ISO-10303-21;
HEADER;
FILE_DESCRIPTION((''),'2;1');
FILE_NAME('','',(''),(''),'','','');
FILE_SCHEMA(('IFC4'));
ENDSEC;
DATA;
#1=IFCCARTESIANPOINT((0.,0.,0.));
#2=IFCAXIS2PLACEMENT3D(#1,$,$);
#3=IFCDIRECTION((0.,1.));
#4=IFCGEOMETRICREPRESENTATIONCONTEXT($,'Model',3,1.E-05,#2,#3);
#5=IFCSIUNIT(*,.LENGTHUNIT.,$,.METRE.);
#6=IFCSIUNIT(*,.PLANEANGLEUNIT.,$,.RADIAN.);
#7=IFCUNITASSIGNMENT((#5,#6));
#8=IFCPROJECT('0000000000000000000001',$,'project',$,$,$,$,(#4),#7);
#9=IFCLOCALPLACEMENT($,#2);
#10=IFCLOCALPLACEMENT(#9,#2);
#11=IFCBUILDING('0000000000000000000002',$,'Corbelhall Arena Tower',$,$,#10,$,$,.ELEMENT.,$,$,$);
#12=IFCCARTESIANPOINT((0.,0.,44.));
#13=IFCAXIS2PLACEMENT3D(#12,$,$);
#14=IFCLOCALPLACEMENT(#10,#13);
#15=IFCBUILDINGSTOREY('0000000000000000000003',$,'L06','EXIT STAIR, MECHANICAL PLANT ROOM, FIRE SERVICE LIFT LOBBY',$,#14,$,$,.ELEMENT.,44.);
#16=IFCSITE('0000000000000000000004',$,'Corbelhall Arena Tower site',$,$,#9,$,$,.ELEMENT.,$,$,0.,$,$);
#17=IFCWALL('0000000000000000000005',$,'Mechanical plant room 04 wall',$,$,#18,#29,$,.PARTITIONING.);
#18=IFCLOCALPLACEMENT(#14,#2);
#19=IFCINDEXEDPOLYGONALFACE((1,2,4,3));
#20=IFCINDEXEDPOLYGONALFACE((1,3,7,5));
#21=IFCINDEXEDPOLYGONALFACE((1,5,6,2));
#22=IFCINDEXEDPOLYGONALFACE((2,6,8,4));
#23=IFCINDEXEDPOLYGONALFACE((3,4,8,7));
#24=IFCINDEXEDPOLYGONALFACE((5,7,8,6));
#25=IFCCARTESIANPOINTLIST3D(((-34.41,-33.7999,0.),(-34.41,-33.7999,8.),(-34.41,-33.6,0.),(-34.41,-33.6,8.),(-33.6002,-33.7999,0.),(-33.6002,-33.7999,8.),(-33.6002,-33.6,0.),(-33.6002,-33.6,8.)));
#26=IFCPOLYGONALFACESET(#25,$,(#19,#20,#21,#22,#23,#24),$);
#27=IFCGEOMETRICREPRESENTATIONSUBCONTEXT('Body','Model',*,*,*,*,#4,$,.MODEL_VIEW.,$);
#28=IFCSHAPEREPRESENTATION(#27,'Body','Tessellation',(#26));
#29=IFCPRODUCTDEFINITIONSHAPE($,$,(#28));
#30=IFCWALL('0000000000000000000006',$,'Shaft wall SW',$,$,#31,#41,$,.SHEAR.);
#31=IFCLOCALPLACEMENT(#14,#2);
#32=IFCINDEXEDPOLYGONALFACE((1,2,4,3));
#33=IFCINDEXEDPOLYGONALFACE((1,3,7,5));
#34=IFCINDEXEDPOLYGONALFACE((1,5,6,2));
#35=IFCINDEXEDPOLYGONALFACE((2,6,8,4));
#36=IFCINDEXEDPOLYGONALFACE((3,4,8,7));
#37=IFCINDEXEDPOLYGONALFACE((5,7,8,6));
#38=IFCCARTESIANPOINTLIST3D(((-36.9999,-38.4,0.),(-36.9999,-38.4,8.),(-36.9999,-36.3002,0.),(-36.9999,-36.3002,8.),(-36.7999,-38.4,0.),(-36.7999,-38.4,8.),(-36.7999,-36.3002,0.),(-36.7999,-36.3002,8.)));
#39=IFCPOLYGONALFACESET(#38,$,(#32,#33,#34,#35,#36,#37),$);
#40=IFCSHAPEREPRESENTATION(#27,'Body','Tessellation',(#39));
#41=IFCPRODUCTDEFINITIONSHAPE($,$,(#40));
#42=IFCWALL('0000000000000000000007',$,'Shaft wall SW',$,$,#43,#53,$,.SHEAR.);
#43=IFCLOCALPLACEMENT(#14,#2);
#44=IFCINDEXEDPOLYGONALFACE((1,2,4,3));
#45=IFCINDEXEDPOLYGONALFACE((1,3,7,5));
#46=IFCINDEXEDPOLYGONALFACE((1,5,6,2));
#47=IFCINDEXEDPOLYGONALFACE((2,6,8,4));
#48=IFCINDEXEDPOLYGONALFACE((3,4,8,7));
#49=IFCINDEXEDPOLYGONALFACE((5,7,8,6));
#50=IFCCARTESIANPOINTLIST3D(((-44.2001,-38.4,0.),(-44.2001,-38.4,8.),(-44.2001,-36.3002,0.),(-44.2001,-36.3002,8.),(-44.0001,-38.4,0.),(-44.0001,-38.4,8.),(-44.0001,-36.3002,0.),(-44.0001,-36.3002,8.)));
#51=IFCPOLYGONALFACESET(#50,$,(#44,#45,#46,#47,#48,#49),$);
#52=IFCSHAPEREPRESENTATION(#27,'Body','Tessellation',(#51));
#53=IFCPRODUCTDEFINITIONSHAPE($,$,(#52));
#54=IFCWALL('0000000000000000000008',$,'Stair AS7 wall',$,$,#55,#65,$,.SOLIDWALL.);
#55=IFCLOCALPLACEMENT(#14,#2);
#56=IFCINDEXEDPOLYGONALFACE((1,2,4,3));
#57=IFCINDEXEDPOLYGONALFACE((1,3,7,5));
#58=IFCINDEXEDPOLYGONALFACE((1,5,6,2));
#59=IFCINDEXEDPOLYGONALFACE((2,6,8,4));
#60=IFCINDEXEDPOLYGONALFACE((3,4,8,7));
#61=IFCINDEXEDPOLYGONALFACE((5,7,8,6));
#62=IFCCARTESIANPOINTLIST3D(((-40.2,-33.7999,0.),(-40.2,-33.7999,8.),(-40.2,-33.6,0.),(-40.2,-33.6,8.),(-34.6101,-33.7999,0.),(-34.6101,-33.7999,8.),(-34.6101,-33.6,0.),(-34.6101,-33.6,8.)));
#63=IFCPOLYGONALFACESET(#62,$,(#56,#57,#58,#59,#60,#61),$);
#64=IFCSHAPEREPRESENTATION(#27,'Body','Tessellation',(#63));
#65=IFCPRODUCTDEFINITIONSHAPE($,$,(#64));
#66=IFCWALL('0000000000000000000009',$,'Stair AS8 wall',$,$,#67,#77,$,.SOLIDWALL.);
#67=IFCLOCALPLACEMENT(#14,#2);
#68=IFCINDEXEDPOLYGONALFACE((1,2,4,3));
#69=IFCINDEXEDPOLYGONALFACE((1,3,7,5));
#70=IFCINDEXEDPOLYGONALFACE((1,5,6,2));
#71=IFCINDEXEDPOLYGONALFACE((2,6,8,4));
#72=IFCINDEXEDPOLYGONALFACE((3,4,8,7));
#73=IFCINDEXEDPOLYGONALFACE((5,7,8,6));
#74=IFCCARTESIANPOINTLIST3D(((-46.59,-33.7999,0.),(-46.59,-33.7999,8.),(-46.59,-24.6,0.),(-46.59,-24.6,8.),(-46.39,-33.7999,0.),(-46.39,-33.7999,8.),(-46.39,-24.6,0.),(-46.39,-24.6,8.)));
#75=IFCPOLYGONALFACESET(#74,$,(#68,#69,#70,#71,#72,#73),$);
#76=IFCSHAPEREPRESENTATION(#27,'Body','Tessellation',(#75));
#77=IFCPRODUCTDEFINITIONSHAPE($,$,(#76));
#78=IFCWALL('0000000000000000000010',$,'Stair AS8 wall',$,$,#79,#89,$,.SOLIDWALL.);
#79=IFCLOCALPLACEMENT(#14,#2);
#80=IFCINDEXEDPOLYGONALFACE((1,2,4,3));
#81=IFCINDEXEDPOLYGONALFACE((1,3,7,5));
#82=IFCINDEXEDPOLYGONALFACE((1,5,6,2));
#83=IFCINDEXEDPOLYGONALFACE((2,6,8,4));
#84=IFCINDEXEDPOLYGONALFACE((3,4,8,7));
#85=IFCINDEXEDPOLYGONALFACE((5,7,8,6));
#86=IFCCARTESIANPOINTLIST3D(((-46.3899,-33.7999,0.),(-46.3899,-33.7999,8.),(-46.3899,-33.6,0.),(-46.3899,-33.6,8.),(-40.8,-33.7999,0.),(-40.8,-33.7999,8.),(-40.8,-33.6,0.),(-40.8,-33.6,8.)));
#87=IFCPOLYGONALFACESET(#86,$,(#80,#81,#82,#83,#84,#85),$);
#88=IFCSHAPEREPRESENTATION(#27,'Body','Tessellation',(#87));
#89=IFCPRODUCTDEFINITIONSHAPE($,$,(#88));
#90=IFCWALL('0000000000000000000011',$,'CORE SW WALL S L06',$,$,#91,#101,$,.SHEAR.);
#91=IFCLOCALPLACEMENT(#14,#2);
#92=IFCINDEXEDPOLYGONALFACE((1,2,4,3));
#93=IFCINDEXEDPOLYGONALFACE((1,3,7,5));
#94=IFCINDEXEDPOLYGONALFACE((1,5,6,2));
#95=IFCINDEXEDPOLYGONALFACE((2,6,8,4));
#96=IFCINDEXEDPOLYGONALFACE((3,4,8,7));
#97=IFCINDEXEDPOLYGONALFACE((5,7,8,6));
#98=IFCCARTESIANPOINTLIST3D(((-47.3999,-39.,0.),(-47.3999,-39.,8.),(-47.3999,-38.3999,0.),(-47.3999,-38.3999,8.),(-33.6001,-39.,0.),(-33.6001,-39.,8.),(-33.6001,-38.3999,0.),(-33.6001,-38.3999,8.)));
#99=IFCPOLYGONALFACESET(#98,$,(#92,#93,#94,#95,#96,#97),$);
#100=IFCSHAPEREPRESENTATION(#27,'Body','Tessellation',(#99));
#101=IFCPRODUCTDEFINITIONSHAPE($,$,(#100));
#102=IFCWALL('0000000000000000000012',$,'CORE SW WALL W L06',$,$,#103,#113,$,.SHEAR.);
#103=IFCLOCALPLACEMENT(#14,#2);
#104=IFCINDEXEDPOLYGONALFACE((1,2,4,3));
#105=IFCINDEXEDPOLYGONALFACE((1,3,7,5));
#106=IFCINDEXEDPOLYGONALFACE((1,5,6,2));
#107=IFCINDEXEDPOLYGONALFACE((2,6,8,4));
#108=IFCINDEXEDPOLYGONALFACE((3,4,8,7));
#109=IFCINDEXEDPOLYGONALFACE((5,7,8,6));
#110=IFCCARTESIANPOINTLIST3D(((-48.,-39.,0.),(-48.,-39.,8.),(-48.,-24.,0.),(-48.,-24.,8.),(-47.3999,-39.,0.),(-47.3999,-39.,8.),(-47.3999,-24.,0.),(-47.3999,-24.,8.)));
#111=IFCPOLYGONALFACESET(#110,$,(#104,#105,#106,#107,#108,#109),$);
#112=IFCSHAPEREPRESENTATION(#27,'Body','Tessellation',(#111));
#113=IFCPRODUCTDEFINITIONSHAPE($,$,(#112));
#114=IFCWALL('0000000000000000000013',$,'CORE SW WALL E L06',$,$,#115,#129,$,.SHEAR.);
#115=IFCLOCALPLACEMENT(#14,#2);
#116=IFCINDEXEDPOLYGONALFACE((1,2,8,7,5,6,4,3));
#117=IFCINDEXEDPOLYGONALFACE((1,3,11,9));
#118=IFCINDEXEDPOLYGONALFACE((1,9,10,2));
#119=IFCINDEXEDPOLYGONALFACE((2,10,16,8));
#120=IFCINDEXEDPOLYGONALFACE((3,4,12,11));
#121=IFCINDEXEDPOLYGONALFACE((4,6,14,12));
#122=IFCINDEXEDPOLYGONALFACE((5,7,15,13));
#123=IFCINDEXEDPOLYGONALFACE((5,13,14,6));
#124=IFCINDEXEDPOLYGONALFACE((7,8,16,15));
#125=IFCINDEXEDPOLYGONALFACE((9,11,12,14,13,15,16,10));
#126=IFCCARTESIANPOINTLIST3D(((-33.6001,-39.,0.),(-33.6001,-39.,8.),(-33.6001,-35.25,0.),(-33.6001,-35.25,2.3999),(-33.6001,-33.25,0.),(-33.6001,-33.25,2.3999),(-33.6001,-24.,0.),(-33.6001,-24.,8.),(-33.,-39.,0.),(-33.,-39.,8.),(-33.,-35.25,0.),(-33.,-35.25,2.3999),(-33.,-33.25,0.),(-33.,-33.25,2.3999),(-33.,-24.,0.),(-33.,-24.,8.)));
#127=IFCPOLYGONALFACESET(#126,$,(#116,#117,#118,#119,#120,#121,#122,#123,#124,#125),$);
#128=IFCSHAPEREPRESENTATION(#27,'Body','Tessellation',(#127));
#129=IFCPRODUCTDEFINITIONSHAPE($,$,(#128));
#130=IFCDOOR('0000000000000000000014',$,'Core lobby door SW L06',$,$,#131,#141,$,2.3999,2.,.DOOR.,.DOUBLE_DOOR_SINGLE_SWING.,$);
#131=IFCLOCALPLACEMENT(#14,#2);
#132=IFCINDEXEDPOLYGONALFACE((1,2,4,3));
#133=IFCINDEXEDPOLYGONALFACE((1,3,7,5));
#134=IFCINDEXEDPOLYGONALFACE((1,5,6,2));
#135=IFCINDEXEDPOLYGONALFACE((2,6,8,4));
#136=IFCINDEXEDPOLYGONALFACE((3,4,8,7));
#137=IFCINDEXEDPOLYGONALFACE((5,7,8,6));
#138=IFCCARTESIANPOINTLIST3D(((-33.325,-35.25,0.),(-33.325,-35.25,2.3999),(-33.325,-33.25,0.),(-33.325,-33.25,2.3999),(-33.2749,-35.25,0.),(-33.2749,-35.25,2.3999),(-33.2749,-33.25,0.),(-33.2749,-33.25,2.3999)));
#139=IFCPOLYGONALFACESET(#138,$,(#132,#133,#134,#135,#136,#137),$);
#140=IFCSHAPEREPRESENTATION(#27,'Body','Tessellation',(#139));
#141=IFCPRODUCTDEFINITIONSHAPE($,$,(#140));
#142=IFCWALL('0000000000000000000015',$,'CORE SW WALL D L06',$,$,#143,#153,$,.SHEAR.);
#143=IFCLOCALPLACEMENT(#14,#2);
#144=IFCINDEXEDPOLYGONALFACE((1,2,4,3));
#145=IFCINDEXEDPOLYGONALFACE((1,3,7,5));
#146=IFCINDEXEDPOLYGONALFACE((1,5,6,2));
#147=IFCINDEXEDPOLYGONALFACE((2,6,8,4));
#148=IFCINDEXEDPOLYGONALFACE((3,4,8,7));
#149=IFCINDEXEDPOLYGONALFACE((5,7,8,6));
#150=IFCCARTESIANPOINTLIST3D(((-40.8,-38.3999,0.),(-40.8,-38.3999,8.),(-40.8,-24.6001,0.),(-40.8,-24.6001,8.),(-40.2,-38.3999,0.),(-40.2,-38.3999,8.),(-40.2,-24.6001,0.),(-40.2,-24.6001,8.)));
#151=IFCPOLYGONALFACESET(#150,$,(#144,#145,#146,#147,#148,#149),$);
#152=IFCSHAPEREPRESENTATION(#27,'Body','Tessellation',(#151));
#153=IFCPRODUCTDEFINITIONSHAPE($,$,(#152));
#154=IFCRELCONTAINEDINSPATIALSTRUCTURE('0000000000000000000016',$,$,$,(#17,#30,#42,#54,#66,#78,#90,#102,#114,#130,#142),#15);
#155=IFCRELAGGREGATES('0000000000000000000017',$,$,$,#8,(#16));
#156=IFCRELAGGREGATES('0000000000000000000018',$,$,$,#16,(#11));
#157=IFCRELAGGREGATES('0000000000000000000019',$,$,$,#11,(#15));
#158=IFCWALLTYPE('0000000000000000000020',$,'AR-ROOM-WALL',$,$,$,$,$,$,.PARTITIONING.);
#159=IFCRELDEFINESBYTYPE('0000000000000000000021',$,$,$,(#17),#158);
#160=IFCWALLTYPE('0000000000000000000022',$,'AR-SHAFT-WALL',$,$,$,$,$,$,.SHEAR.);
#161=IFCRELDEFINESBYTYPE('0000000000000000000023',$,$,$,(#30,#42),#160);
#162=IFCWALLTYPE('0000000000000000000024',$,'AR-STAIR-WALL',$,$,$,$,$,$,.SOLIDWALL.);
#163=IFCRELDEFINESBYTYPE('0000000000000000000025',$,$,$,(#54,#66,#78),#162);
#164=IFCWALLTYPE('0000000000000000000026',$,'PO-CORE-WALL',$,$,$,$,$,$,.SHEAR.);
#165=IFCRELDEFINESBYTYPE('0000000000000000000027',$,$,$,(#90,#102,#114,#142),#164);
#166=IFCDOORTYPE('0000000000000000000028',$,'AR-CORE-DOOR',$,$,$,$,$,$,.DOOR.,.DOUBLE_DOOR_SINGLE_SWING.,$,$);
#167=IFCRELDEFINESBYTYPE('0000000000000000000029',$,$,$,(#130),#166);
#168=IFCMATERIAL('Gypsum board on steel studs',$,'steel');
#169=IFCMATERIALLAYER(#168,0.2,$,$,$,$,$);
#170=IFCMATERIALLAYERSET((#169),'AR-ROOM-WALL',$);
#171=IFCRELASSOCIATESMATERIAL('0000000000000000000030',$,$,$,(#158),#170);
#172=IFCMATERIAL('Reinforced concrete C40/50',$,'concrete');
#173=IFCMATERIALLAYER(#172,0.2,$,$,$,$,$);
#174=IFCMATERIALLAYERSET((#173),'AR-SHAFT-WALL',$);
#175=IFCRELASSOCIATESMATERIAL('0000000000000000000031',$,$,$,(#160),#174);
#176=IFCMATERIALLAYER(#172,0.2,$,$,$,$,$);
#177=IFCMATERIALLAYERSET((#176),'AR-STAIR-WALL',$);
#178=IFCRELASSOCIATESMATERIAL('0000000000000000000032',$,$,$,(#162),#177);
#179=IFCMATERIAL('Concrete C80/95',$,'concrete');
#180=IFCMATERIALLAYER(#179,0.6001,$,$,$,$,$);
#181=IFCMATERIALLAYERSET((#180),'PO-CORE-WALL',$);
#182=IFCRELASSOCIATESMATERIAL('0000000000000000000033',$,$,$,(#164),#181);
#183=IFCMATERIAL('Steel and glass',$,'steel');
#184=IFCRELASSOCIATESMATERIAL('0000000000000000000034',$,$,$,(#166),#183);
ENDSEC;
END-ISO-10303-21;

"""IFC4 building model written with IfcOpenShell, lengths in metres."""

from ifc_helpers import new_model, si_unit, direction, frame, frame_2d, origin, place, context, subcontext, project, spatial, rectangle, extrude, material, layer, layer_set, type_object, element, fill, save


model = new_model("IFC4")

# Units and contexts
model_context = context("Model", 3, precision=1e-05, world=origin(), true_north=direction((0.0, 1.0)))
body_context = subcontext(model_context, "Body", "Model", "MODEL_VIEW")
ifc_project = project(units=[si_unit("LENGTHUNIT", "METRE"), si_unit("PLANEANGLEUNIT", "RADIAN")], contexts=[model_context])

# Site, building, storey
site_placement = place(None, origin())
site = spatial("IfcSite", under=ifc_project, at=site_placement, Name="Corbelhall Arena Tower site", CompositionType="ELEMENT", RefElevation=0.0)
building_placement = place(site_placement, origin())
building = spatial("IfcBuilding", under=site, at=building_placement, Name="Corbelhall Arena Tower", CompositionType="ELEMENT")
storey_placement = place(building_placement, frame((0.0, 0.0, 44.0)))
storey = spatial("IfcBuildingStorey", under=building, at=storey_placement, Name="L06", Description="EXIT STAIR, MECHANICAL PLANT ROOM, FIRE SERVICE LIFT LOBBY", CompositionType="ELEMENT", Elevation=44.0)

# Wall
ifc_material_1 = material(Name="Gypsum board on steel studs", Category="steel")
ifc_layer_1 = layer(ifc_material_1, 0.2)
ifc_layer_set_1 = layer_set([ifc_layer_1], Name="AR-ROOM-WALL")
wall_type_1 = type_object("IfcWallType", Name="AR-ROOM-WALL", PredefinedType="PARTITIONING", material=ifc_layer_set_1)
wall_1_placement = place(storey_placement, frame((-34.4099, -33.7, 0.0), z_axis=(0.0, 0.0, 1.0), x_axis=(1.0, 0.0, 0.0)))
element("IfcWall", 1, at=wall_1_placement, inside=storey, type_object=wall_type_1, Name="Mechanical plant room 04 wall", PredefinedType="PARTITIONING", context=body_context, shape_type="SweptSolid", body=[
    extrude(rectangle(XDim=0.8098, YDim=0.2, at=frame_2d((0.4048, 0.0))), origin(), (0.0, 0.0, 1.0), 8.0),
])

# Shared definitions
ifc_material_2 = material(Name="Reinforced concrete C40/50", Category="concrete")
ifc_layer_2 = layer(ifc_material_2, 0.2)
ifc_layer_set_2 = layer_set([ifc_layer_2], Name="AR-SHAFT-WALL")
wall_type_2 = type_object("IfcWallType", Name="AR-SHAFT-WALL", PredefinedType="SHEAR", material=ifc_layer_set_2)

# Walls
for number, where, z_axis, x_axis, name in (
    (2, (-36.8999, -38.3999, 0.0), (0.0, 0.0, 1.0), (0.0, 1.0, 0.0), "Shaft wall SW"),
    (3, (-44.1001, -38.3999, 0.0), (0.0, 0.0, 1.0), (0.0, 1.0, 0.0), "Shaft wall SW"),
):
    element("IfcWall", number, at=place(storey_placement, frame(where, z_axis=z_axis, x_axis=x_axis)), inside=storey, type_object=wall_type_2, Name=name, PredefinedType="SHEAR", context=body_context, shape_type="SweptSolid", body=[
        extrude(rectangle(XDim=2.0999, YDim=0.2, at=frame_2d((1.0498, 0.0))), origin(), (0.0, 0.0, 1.0), 8.0),
    ])

# Shared definitions
ifc_layer_3 = layer(ifc_material_2, 0.2)
ifc_layer_set_3 = layer_set([ifc_layer_3], Name="AR-STAIR-WALL")
wall_type_3 = type_object("IfcWallType", Name="AR-STAIR-WALL", PredefinedType="SOLIDWALL", material=ifc_layer_set_3)

# Walls
wall_2_placement = place(storey_placement, frame((-40.2, -33.7, 0.0), z_axis=(0.0, 0.0, 1.0), x_axis=(1.0, 0.0, 0.0)))
element("IfcWall", 4, at=wall_2_placement, inside=storey, type_object=wall_type_3, Name="Stair AS7 wall", PredefinedType="SOLIDWALL", context=body_context, shape_type="SweptSolid", body=[
    extrude(rectangle(XDim=5.5898, YDim=0.2, at=frame_2d((2.7949, 0.0))), origin(), (0.0, 0.0, 1.0), 8.0),
])
wall_3_placement = place(storey_placement, frame((-46.49, -33.8, 0.0), z_axis=(0.0, 0.0, 1.0), x_axis=(0.0, 1.0, 0.0)))
element("IfcWall", 5, at=wall_3_placement, inside=storey, type_object=wall_type_3, Name="Stair AS8 wall", PredefinedType="SOLIDWALL", context=body_context, shape_type="SweptSolid", body=[
    extrude(rectangle(XDim=9.2, YDim=0.2, at=frame_2d((4.6001, 0.0))), origin(), (0.0, 0.0, 1.0), 8.0),
])
wall_4_placement = place(storey_placement, frame((-46.3899, -33.7, 0.0), z_axis=(0.0, 0.0, 1.0), x_axis=(1.0, 0.0, 0.0)))
element("IfcWall", 6, at=wall_4_placement, inside=storey, type_object=wall_type_3, Name="Stair AS8 wall", PredefinedType="SOLIDWALL", context=body_context, shape_type="SweptSolid", body=[
    extrude(rectangle(XDim=5.5898, YDim=0.2, at=frame_2d((2.7949, 0.0))), origin(), (0.0, 0.0, 1.0), 8.0),
])
ifc_material_3 = material(Name="Concrete C80/95", Category="concrete")
ifc_layer_4 = layer(ifc_material_3, 0.6001)
ifc_layer_set_4 = layer_set([ifc_layer_4], Name="PO-CORE-WALL")
wall_type_4 = type_object("IfcWallType", Name="PO-CORE-WALL", PredefinedType="SHEAR", material=ifc_layer_set_4)
wall_5_placement = place(storey_placement, frame((-47.3999, -38.7, 0.0), z_axis=(0.0, 0.0, 1.0), x_axis=(1.0, 0.0, 0.0)))
element("IfcWall", 7, at=wall_5_placement, inside=storey, type_object=wall_type_4, Name="CORE SW WALL S L06", PredefinedType="SHEAR", context=body_context, shape_type="SweptSolid", body=[
    extrude(rectangle(XDim=13.7998, YDim=0.6001, at=frame_2d((6.8999, 0.0))), origin(), (0.0, 0.0, 1.0), 8.0),
])
wall_6_placement = place(storey_placement, frame((-47.7, -39.0, 0.0), z_axis=(0.0, 0.0, 1.0), x_axis=(0.0, 1.0, 0.0)))
element("IfcWall", 8, at=wall_6_placement, inside=storey, type_object=wall_type_4, Name="CORE SW WALL W L06", PredefinedType="SHEAR", context=body_context, shape_type="SweptSolid", body=[
    extrude(rectangle(XDim=15.0, YDim=0.6001, at=frame_2d((7.5, 0.0))), origin(), (0.0, 0.0, 1.0), 8.0),
])

# Wall, opening, door
wall_7_placement = place(storey_placement, frame((-33.3, -39.0, 0.0), z_axis=(0.0, 0.0, 1.0), x_axis=(0.0, 1.0, 0.0)))
wall_7 = element("IfcWall", 9, at=wall_7_placement, inside=storey, type_object=wall_type_4, Name="CORE SW WALL E L06", PredefinedType="SHEAR", context=body_context, shape_type="SweptSolid", body=[
    extrude(rectangle(XDim=15.0, YDim=0.6001, at=frame_2d((7.5, 0.0))), origin(), (0.0, 0.0, 1.0), 8.0),
])
opening_1_placement = place(wall_7_placement, frame((3.75, 0.0, 0.0)))
opening_1 = element("IfcOpeningElement", 10, at=opening_1_placement, cuts=wall_7, PredefinedType="OPENING", context=body_context, shape_type="SweptSolid", body=[
    extrude(rectangle(XDim=2.0, YDim=2.3999, at=frame_2d((1.0, 1.2))), frame((0.0, 0.3, 0.0), z_axis=(0.0, -1.0, 0.0), x_axis=(1.0, 0.0, 0.0)), (0.0, 0.0, 1.0), 0.6001),
])
ifc_material_4 = material(Name="Steel and glass", Category="steel")
door_type_1 = type_object("IfcDoorType", Name="AR-CORE-DOOR", OperationType="DOUBLE_DOOR_SINGLE_SWING", PredefinedType="DOOR", material=ifc_material_4)
door_1_placement = place(opening_1_placement, origin())
door_1 = element("IfcDoor", 11, at=door_1_placement, inside=storey, type_object=door_type_1, Name="Core lobby door SW L06", OperationType="DOUBLE_DOOR_SINGLE_SWING", OverallHeight=2.3999, OverallWidth=2.0, PredefinedType="DOOR", context=body_context, shape_type="SweptSolid", body=[
    extrude(rectangle(XDim=2.0, YDim=2.3999, at=frame_2d((1.0, 1.2))), frame((0.0, 0.0249, 0.0), z_axis=(0.0, -1.0, 0.0), x_axis=(1.0, 0.0, 0.0)), (0.0, 0.0, 1.0), 0.05),
])
fill(opening_1, door_1)

# Wall
wall_8_placement = place(storey_placement, frame((-40.5, -38.3999, 0.0), z_axis=(0.0, 0.0, 1.0), x_axis=(0.0, 1.0, 0.0)))
element("IfcWall", 12, at=wall_8_placement, inside=storey, type_object=wall_type_4, Name="CORE SW WALL D L06", PredefinedType="SHEAR", context=body_context, shape_type="SweptSolid", body=[
    extrude(rectangle(XDim=13.7998, YDim=0.6001, at=frame_2d((6.8999, 0.0))), origin(), (0.0, 0.0, 1.0), 8.0),
])

save(model, "model.ifc")
